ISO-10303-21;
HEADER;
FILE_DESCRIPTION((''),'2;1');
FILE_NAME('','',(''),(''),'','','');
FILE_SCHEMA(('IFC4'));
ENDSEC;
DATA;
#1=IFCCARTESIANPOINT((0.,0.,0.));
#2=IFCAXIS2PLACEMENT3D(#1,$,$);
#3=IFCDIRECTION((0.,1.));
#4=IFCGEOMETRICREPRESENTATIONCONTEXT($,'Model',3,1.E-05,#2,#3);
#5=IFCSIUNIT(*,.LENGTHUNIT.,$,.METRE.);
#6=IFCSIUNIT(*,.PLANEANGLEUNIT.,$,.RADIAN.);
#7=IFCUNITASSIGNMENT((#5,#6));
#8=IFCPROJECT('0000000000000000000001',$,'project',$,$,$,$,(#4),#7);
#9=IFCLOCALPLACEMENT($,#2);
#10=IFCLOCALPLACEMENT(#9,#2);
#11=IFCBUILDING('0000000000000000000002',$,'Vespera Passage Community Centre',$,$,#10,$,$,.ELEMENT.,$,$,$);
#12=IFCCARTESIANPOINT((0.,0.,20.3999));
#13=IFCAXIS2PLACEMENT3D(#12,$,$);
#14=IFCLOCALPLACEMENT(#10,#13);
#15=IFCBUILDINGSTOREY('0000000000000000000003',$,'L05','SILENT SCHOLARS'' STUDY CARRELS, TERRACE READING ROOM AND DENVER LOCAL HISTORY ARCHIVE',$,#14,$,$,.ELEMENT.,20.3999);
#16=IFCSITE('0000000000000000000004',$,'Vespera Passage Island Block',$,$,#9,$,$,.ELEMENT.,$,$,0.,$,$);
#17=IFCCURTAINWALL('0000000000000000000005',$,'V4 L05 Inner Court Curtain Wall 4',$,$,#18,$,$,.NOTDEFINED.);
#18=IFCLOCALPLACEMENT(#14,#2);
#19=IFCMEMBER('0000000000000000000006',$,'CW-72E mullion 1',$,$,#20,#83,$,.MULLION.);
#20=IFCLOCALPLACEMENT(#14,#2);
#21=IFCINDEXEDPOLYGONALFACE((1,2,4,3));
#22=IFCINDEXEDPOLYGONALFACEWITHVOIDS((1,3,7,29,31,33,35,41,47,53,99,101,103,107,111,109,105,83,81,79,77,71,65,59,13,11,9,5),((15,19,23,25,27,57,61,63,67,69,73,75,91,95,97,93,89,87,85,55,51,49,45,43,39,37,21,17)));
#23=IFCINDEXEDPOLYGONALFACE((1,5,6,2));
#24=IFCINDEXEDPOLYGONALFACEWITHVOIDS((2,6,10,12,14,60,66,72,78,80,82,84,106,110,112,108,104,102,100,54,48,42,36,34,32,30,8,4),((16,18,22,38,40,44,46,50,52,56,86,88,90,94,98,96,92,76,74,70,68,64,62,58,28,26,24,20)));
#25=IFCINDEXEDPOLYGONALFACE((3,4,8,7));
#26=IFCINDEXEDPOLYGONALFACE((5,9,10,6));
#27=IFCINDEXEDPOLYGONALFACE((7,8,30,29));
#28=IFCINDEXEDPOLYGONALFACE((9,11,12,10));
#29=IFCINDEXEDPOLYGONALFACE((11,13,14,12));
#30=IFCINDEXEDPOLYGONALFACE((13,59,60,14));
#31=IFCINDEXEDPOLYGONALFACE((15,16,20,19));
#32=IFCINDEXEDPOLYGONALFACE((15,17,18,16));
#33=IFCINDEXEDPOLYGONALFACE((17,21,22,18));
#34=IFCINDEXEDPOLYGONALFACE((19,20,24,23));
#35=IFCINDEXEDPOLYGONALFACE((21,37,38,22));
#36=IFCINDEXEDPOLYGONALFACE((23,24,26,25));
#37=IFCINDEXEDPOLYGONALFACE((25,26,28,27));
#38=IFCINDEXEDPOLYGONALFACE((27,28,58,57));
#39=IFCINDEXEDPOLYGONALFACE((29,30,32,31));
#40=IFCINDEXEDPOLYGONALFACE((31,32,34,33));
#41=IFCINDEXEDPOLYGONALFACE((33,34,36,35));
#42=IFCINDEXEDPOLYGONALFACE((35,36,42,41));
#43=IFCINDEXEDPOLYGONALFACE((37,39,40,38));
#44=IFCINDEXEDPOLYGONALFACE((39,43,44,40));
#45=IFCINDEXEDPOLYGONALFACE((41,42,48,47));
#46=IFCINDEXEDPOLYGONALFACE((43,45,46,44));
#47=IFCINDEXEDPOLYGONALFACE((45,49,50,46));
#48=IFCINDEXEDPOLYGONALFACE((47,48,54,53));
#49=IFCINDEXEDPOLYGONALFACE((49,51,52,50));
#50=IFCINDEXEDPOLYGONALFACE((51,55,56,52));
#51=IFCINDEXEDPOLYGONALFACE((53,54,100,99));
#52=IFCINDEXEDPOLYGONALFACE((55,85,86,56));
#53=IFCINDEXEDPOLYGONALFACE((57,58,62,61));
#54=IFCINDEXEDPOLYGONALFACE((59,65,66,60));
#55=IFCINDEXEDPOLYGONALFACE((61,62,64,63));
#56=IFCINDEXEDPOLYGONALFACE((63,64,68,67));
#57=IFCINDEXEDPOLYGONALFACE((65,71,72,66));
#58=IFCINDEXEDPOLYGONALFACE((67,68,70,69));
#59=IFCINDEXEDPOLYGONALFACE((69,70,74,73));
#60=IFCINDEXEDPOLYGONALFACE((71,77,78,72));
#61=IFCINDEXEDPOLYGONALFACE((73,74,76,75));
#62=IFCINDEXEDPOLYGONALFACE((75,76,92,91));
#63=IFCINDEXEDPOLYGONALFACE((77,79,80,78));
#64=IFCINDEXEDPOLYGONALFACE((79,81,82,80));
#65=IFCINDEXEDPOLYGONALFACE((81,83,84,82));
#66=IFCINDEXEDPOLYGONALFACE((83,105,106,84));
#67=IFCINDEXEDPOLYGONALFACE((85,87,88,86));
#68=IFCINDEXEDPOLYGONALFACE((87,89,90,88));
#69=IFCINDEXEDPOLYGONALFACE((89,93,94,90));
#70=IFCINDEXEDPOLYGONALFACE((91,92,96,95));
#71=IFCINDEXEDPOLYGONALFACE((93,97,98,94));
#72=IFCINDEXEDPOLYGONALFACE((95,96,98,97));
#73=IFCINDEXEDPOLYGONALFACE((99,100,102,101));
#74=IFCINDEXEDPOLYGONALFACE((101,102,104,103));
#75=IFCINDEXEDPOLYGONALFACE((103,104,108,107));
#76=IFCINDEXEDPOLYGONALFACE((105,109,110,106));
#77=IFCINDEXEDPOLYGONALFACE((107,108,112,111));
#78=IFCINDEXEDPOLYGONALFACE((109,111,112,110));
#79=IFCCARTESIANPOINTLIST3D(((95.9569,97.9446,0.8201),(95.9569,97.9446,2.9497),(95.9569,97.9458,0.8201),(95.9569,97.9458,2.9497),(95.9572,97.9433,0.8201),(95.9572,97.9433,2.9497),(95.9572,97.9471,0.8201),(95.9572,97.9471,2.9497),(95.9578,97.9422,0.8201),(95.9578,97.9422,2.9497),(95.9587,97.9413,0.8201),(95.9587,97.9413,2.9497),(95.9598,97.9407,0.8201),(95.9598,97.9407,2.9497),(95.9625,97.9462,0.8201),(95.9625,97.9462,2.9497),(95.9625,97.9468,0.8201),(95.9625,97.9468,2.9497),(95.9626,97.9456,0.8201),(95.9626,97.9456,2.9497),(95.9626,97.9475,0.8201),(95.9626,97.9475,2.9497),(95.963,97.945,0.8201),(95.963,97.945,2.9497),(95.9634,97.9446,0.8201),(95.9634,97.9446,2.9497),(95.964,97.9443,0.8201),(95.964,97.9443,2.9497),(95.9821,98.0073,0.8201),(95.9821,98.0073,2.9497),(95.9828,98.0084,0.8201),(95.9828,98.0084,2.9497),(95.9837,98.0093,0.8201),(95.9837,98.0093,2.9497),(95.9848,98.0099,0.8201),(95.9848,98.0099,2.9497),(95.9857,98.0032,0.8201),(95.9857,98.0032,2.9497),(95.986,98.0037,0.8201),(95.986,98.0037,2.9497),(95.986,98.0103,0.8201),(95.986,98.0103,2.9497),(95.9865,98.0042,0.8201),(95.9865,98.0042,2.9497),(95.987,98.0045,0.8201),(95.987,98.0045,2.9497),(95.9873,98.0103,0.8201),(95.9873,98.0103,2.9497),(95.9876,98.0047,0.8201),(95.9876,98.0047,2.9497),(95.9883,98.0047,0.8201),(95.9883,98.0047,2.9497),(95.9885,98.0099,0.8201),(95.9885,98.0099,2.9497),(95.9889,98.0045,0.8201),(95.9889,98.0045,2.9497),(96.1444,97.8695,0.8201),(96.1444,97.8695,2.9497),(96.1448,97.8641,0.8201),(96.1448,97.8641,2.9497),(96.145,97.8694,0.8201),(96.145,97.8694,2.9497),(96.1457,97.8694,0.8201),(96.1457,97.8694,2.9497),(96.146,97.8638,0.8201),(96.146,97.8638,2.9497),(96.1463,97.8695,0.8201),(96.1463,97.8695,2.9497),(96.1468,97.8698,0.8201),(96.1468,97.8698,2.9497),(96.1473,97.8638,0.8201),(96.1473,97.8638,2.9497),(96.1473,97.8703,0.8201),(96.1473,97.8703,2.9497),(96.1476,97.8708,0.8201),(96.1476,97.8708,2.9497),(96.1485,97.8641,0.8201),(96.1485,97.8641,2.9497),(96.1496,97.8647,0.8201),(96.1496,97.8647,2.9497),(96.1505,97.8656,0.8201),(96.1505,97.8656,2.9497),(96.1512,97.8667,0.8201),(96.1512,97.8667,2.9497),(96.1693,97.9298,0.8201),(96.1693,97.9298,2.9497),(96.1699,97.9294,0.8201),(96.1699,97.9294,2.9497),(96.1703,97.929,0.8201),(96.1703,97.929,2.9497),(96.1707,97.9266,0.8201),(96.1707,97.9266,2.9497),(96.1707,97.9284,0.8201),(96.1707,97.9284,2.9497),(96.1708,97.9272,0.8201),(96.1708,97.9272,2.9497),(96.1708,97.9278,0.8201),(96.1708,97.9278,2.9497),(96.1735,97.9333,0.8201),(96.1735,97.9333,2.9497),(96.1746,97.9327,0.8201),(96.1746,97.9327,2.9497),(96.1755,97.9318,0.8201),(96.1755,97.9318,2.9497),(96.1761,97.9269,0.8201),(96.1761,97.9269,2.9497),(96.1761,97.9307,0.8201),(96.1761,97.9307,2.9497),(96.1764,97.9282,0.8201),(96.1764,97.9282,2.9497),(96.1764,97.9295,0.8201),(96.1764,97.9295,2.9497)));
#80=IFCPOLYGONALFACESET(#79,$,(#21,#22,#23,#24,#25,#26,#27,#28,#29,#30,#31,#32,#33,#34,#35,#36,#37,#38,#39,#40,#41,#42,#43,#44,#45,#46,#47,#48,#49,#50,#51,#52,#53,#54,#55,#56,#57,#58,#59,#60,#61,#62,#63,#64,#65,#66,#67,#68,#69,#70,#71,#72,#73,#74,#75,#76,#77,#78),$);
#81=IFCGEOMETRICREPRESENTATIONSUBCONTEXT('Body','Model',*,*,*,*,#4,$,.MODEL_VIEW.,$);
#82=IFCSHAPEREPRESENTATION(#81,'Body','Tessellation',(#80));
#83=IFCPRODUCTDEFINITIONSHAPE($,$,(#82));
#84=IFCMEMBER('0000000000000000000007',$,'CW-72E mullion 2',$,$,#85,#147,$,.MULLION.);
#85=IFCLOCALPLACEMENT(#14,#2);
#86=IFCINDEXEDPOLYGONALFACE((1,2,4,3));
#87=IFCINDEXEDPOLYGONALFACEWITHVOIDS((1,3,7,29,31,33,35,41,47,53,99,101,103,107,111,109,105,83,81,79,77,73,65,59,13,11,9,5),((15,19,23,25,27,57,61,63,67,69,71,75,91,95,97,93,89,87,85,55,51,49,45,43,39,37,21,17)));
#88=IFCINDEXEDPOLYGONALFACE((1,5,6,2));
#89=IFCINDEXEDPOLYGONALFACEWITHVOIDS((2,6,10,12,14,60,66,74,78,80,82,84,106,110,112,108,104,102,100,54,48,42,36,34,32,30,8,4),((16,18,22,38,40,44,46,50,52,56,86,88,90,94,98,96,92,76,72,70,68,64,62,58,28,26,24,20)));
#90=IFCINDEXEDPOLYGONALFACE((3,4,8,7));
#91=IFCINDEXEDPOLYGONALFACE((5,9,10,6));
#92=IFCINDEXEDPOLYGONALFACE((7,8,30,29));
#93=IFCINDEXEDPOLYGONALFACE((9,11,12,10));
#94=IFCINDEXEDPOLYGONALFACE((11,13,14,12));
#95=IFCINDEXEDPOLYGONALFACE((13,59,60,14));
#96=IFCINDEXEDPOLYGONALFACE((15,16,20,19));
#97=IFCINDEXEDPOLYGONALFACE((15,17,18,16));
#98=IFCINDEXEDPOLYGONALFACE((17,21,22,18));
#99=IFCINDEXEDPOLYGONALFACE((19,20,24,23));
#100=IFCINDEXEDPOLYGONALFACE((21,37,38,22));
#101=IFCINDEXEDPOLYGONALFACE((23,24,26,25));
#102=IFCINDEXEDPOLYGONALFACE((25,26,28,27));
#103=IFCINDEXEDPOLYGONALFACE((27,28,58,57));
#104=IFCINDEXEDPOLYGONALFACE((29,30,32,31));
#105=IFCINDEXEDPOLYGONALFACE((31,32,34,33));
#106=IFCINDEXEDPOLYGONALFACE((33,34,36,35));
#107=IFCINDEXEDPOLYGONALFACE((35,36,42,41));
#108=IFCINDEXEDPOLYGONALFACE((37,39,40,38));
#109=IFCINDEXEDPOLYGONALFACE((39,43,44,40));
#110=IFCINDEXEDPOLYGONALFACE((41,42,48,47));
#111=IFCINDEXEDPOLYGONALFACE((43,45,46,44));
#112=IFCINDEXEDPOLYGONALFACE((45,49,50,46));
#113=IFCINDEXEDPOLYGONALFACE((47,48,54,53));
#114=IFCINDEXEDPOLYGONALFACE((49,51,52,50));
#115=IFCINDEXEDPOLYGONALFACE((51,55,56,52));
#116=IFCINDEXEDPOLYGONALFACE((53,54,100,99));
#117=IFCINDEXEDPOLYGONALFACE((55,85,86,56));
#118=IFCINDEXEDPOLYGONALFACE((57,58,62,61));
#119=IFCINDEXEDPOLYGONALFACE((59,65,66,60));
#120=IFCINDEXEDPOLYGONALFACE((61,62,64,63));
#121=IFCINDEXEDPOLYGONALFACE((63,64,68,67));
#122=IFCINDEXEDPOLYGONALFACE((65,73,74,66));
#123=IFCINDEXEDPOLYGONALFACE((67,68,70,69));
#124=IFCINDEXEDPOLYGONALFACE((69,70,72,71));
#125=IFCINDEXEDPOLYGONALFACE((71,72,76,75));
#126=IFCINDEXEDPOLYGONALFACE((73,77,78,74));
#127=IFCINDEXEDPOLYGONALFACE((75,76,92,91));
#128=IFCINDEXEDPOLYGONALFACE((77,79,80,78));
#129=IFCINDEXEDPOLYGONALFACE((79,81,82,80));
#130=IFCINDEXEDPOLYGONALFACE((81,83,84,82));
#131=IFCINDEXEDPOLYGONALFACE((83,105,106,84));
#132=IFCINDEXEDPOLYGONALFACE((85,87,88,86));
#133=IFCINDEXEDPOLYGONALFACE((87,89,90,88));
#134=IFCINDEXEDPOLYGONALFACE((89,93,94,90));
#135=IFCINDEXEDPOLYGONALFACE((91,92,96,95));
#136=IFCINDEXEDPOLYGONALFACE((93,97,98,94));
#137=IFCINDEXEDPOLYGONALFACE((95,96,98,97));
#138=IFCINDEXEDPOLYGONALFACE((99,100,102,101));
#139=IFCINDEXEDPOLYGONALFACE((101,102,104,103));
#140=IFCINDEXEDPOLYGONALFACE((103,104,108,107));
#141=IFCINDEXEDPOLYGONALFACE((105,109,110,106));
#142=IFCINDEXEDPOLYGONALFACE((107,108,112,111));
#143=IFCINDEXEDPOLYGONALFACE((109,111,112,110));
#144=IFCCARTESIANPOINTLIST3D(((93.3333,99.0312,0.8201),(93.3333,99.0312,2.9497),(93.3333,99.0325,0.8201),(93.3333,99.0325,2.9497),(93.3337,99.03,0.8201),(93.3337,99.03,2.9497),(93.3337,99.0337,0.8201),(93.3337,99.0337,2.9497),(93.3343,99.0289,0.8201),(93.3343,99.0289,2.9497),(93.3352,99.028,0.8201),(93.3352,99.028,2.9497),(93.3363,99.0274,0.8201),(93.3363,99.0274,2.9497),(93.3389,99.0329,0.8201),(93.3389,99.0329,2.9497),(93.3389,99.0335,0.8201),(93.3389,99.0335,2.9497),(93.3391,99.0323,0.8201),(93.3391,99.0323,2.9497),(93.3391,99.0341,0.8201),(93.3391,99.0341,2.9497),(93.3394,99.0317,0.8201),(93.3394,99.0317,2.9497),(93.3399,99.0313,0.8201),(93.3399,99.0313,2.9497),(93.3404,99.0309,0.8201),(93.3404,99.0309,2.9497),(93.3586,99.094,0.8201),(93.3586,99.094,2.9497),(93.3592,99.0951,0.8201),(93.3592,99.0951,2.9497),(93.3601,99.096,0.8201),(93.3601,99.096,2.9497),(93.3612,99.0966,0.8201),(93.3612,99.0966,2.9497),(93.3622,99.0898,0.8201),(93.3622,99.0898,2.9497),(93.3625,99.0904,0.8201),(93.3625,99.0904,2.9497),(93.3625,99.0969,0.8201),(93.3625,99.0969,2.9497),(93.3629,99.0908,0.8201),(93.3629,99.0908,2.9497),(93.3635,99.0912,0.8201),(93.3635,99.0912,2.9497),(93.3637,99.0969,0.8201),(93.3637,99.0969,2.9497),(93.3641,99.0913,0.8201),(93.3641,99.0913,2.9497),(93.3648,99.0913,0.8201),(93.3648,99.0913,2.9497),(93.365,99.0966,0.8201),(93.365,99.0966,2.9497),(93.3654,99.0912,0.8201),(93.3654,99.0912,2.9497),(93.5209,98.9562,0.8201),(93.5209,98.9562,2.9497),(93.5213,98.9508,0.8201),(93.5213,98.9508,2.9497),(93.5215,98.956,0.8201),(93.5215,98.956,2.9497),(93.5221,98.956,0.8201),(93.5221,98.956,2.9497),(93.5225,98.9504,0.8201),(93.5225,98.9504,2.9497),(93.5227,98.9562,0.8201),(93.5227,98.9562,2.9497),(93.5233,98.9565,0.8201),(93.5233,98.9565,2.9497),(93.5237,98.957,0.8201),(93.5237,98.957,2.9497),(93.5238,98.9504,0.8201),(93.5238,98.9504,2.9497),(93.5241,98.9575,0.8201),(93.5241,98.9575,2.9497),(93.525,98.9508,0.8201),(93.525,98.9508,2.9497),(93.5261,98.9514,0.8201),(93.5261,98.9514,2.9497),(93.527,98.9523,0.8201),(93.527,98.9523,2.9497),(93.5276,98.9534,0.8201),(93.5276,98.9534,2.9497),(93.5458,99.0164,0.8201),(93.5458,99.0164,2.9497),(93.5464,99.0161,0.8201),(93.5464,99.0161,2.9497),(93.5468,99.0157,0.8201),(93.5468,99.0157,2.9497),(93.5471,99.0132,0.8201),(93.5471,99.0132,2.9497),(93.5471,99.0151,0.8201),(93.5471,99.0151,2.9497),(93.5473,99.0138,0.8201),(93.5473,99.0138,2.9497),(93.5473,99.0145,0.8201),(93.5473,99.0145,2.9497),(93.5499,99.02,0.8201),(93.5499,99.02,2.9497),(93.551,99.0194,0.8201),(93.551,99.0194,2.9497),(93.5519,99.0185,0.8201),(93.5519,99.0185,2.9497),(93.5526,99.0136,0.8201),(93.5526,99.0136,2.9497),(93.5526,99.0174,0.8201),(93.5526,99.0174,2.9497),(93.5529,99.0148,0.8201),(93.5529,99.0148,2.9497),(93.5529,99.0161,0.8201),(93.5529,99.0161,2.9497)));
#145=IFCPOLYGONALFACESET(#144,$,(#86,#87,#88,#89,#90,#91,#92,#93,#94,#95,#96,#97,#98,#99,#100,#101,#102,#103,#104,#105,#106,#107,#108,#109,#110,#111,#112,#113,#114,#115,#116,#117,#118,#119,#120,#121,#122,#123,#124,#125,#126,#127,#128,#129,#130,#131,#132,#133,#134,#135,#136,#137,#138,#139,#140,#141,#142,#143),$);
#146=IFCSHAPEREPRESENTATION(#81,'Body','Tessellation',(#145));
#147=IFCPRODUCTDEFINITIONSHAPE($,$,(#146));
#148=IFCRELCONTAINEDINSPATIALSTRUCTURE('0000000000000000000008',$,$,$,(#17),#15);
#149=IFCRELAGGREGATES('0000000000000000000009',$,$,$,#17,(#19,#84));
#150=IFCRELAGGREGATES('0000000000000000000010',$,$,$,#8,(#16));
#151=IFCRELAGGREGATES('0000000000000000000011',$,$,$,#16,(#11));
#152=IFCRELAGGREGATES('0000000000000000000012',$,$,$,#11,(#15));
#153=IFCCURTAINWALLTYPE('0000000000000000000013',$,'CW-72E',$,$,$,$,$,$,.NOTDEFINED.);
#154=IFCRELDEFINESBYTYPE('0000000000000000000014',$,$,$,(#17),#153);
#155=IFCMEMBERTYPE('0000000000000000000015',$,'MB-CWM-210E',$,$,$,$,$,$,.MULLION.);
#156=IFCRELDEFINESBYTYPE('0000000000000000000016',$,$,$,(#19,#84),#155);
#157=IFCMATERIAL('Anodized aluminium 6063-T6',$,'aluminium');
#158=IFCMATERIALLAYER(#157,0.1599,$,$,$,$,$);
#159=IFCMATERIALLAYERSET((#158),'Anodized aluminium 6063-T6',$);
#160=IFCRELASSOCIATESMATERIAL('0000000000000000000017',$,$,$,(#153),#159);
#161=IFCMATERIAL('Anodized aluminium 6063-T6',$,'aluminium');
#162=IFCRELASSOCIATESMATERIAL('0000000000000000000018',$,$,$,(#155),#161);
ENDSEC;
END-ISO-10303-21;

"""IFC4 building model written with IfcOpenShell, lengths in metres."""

from ifc_helpers import new_model, si_unit, direction, frame, origin, origin_2d, place, context, subcontext, project, spatial, hollow_rectangle, extrude, material, layer, layer_set, material_profile, profile_set, type_object, element, aggregate, save


model = new_model("IFC4")

# Units and contexts
model_context = context("Model", 3, precision=1e-05, world=origin(), true_north=direction((0.0, 1.0)))
body_context = subcontext(model_context, "Body", "Model", "MODEL_VIEW")
ifc_project = project(units=[si_unit("LENGTHUNIT", "METRE"), si_unit("PLANEANGLEUNIT", "RADIAN")], contexts=[model_context])

# Site, building, storey
site_placement = place(None, origin())
site = spatial("IfcSite", under=ifc_project, at=site_placement, Name="Vespera Passage Island Block", CompositionType="ELEMENT", RefElevation=0.0)
building_placement = place(site_placement, origin())
building = spatial("IfcBuilding", under=site, at=building_placement, Name="Vespera Passage Community Centre", CompositionType="ELEMENT")
storey_placement = place(building_placement, frame((0.0, 0.0, 20.3999)))
storey = spatial("IfcBuildingStorey", under=building, at=storey_placement, Name="L05", Description="SILENT SCHOLARS' STUDY CARRELS, TERRACE READING ROOM AND DENVER LOCAL HISTORY ARCHIVE", CompositionType="ELEMENT", Elevation=20.3999)

# Curtain wall, members
ifc_material_1 = material(Name="Anodized aluminium 6063-T6", Category="aluminium")
ifc_layer_1 = layer(ifc_material_1, 0.1599)
ifc_layer_set_1 = layer_set([ifc_layer_1], Name="Anodized aluminium 6063-T6")
curtain_wall_type_1 = type_object("IfcCurtainWallType", Name="CW-72E", PredefinedType="NOTDEFINED", material=ifc_layer_set_1)
curtain_wall_1_placement = place(storey_placement, origin())
curtain_wall_1 = element("IfcCurtainWall", 1, at=curtain_wall_1_placement, inside=storey, type_object=curtain_wall_type_1, Name="V4 L05 Inner Court Curtain Wall 4", PredefinedType="NOTDEFINED")
ifc_material_2 = material(Name="Anodized aluminium 6063-T6", Category="aluminium")
ifc_material_profile_1 = material_profile(ifc_material_2, hollow_rectangle(XDim=0.075, YDim=0.21, WallThickness=0.0049, InnerFilletRadius=0.0024, OuterFilletRadius=0.0049, at=origin_2d()), Name="ALU210X75X5")
ifc_profile_set_1 = profile_set([ifc_material_profile_1], Name="Anodized aluminium 6063-T6")
member_type_1 = type_object("IfcMemberType", Name="MB-CWM-210E", PredefinedType="MULLION", material=ifc_profile_set_1)
member_1_placement = place(storey_placement, frame((96.0667, 97.937, 0.8201), z_axis=(0.0, 0.0, 1.0), x_axis=(-0.38269, -0.923877, 0.0)))
member_1 = element("IfcMember", 2, at=member_1_placement, type_object=member_type_1, Name="CW-72E mullion 1", PredefinedType="MULLION", context=body_context, shape_type="SweptSolid", body=[
    extrude(hollow_rectangle(XDim=0.075, YDim=0.21, WallThickness=0.0049, InnerFilletRadius=0.0024, OuterFilletRadius=0.0049, at=origin_2d()), origin(), (0.0, 0.0, 1.0), 2.1296),
])
member_2_placement = place(storey_placement, frame((93.4431, 99.0237, 0.8201), z_axis=(0.0, 0.0, 1.0), x_axis=(-0.38269, -0.923877, 0.0)))
member_2 = element("IfcMember", 3, at=member_2_placement, type_object=member_type_1, Name="CW-72E mullion 2", PredefinedType="MULLION", context=body_context, shape_type="SweptSolid", body=[
    extrude(hollow_rectangle(XDim=0.075, YDim=0.21, WallThickness=0.0049, InnerFilletRadius=0.0024, OuterFilletRadius=0.0049, at=origin_2d()), origin(), (0.0, 0.0, 1.0), 2.1296),
])

aggregate(curtain_wall_1, [member_1, member_2])

save(model, "model.ifc")
